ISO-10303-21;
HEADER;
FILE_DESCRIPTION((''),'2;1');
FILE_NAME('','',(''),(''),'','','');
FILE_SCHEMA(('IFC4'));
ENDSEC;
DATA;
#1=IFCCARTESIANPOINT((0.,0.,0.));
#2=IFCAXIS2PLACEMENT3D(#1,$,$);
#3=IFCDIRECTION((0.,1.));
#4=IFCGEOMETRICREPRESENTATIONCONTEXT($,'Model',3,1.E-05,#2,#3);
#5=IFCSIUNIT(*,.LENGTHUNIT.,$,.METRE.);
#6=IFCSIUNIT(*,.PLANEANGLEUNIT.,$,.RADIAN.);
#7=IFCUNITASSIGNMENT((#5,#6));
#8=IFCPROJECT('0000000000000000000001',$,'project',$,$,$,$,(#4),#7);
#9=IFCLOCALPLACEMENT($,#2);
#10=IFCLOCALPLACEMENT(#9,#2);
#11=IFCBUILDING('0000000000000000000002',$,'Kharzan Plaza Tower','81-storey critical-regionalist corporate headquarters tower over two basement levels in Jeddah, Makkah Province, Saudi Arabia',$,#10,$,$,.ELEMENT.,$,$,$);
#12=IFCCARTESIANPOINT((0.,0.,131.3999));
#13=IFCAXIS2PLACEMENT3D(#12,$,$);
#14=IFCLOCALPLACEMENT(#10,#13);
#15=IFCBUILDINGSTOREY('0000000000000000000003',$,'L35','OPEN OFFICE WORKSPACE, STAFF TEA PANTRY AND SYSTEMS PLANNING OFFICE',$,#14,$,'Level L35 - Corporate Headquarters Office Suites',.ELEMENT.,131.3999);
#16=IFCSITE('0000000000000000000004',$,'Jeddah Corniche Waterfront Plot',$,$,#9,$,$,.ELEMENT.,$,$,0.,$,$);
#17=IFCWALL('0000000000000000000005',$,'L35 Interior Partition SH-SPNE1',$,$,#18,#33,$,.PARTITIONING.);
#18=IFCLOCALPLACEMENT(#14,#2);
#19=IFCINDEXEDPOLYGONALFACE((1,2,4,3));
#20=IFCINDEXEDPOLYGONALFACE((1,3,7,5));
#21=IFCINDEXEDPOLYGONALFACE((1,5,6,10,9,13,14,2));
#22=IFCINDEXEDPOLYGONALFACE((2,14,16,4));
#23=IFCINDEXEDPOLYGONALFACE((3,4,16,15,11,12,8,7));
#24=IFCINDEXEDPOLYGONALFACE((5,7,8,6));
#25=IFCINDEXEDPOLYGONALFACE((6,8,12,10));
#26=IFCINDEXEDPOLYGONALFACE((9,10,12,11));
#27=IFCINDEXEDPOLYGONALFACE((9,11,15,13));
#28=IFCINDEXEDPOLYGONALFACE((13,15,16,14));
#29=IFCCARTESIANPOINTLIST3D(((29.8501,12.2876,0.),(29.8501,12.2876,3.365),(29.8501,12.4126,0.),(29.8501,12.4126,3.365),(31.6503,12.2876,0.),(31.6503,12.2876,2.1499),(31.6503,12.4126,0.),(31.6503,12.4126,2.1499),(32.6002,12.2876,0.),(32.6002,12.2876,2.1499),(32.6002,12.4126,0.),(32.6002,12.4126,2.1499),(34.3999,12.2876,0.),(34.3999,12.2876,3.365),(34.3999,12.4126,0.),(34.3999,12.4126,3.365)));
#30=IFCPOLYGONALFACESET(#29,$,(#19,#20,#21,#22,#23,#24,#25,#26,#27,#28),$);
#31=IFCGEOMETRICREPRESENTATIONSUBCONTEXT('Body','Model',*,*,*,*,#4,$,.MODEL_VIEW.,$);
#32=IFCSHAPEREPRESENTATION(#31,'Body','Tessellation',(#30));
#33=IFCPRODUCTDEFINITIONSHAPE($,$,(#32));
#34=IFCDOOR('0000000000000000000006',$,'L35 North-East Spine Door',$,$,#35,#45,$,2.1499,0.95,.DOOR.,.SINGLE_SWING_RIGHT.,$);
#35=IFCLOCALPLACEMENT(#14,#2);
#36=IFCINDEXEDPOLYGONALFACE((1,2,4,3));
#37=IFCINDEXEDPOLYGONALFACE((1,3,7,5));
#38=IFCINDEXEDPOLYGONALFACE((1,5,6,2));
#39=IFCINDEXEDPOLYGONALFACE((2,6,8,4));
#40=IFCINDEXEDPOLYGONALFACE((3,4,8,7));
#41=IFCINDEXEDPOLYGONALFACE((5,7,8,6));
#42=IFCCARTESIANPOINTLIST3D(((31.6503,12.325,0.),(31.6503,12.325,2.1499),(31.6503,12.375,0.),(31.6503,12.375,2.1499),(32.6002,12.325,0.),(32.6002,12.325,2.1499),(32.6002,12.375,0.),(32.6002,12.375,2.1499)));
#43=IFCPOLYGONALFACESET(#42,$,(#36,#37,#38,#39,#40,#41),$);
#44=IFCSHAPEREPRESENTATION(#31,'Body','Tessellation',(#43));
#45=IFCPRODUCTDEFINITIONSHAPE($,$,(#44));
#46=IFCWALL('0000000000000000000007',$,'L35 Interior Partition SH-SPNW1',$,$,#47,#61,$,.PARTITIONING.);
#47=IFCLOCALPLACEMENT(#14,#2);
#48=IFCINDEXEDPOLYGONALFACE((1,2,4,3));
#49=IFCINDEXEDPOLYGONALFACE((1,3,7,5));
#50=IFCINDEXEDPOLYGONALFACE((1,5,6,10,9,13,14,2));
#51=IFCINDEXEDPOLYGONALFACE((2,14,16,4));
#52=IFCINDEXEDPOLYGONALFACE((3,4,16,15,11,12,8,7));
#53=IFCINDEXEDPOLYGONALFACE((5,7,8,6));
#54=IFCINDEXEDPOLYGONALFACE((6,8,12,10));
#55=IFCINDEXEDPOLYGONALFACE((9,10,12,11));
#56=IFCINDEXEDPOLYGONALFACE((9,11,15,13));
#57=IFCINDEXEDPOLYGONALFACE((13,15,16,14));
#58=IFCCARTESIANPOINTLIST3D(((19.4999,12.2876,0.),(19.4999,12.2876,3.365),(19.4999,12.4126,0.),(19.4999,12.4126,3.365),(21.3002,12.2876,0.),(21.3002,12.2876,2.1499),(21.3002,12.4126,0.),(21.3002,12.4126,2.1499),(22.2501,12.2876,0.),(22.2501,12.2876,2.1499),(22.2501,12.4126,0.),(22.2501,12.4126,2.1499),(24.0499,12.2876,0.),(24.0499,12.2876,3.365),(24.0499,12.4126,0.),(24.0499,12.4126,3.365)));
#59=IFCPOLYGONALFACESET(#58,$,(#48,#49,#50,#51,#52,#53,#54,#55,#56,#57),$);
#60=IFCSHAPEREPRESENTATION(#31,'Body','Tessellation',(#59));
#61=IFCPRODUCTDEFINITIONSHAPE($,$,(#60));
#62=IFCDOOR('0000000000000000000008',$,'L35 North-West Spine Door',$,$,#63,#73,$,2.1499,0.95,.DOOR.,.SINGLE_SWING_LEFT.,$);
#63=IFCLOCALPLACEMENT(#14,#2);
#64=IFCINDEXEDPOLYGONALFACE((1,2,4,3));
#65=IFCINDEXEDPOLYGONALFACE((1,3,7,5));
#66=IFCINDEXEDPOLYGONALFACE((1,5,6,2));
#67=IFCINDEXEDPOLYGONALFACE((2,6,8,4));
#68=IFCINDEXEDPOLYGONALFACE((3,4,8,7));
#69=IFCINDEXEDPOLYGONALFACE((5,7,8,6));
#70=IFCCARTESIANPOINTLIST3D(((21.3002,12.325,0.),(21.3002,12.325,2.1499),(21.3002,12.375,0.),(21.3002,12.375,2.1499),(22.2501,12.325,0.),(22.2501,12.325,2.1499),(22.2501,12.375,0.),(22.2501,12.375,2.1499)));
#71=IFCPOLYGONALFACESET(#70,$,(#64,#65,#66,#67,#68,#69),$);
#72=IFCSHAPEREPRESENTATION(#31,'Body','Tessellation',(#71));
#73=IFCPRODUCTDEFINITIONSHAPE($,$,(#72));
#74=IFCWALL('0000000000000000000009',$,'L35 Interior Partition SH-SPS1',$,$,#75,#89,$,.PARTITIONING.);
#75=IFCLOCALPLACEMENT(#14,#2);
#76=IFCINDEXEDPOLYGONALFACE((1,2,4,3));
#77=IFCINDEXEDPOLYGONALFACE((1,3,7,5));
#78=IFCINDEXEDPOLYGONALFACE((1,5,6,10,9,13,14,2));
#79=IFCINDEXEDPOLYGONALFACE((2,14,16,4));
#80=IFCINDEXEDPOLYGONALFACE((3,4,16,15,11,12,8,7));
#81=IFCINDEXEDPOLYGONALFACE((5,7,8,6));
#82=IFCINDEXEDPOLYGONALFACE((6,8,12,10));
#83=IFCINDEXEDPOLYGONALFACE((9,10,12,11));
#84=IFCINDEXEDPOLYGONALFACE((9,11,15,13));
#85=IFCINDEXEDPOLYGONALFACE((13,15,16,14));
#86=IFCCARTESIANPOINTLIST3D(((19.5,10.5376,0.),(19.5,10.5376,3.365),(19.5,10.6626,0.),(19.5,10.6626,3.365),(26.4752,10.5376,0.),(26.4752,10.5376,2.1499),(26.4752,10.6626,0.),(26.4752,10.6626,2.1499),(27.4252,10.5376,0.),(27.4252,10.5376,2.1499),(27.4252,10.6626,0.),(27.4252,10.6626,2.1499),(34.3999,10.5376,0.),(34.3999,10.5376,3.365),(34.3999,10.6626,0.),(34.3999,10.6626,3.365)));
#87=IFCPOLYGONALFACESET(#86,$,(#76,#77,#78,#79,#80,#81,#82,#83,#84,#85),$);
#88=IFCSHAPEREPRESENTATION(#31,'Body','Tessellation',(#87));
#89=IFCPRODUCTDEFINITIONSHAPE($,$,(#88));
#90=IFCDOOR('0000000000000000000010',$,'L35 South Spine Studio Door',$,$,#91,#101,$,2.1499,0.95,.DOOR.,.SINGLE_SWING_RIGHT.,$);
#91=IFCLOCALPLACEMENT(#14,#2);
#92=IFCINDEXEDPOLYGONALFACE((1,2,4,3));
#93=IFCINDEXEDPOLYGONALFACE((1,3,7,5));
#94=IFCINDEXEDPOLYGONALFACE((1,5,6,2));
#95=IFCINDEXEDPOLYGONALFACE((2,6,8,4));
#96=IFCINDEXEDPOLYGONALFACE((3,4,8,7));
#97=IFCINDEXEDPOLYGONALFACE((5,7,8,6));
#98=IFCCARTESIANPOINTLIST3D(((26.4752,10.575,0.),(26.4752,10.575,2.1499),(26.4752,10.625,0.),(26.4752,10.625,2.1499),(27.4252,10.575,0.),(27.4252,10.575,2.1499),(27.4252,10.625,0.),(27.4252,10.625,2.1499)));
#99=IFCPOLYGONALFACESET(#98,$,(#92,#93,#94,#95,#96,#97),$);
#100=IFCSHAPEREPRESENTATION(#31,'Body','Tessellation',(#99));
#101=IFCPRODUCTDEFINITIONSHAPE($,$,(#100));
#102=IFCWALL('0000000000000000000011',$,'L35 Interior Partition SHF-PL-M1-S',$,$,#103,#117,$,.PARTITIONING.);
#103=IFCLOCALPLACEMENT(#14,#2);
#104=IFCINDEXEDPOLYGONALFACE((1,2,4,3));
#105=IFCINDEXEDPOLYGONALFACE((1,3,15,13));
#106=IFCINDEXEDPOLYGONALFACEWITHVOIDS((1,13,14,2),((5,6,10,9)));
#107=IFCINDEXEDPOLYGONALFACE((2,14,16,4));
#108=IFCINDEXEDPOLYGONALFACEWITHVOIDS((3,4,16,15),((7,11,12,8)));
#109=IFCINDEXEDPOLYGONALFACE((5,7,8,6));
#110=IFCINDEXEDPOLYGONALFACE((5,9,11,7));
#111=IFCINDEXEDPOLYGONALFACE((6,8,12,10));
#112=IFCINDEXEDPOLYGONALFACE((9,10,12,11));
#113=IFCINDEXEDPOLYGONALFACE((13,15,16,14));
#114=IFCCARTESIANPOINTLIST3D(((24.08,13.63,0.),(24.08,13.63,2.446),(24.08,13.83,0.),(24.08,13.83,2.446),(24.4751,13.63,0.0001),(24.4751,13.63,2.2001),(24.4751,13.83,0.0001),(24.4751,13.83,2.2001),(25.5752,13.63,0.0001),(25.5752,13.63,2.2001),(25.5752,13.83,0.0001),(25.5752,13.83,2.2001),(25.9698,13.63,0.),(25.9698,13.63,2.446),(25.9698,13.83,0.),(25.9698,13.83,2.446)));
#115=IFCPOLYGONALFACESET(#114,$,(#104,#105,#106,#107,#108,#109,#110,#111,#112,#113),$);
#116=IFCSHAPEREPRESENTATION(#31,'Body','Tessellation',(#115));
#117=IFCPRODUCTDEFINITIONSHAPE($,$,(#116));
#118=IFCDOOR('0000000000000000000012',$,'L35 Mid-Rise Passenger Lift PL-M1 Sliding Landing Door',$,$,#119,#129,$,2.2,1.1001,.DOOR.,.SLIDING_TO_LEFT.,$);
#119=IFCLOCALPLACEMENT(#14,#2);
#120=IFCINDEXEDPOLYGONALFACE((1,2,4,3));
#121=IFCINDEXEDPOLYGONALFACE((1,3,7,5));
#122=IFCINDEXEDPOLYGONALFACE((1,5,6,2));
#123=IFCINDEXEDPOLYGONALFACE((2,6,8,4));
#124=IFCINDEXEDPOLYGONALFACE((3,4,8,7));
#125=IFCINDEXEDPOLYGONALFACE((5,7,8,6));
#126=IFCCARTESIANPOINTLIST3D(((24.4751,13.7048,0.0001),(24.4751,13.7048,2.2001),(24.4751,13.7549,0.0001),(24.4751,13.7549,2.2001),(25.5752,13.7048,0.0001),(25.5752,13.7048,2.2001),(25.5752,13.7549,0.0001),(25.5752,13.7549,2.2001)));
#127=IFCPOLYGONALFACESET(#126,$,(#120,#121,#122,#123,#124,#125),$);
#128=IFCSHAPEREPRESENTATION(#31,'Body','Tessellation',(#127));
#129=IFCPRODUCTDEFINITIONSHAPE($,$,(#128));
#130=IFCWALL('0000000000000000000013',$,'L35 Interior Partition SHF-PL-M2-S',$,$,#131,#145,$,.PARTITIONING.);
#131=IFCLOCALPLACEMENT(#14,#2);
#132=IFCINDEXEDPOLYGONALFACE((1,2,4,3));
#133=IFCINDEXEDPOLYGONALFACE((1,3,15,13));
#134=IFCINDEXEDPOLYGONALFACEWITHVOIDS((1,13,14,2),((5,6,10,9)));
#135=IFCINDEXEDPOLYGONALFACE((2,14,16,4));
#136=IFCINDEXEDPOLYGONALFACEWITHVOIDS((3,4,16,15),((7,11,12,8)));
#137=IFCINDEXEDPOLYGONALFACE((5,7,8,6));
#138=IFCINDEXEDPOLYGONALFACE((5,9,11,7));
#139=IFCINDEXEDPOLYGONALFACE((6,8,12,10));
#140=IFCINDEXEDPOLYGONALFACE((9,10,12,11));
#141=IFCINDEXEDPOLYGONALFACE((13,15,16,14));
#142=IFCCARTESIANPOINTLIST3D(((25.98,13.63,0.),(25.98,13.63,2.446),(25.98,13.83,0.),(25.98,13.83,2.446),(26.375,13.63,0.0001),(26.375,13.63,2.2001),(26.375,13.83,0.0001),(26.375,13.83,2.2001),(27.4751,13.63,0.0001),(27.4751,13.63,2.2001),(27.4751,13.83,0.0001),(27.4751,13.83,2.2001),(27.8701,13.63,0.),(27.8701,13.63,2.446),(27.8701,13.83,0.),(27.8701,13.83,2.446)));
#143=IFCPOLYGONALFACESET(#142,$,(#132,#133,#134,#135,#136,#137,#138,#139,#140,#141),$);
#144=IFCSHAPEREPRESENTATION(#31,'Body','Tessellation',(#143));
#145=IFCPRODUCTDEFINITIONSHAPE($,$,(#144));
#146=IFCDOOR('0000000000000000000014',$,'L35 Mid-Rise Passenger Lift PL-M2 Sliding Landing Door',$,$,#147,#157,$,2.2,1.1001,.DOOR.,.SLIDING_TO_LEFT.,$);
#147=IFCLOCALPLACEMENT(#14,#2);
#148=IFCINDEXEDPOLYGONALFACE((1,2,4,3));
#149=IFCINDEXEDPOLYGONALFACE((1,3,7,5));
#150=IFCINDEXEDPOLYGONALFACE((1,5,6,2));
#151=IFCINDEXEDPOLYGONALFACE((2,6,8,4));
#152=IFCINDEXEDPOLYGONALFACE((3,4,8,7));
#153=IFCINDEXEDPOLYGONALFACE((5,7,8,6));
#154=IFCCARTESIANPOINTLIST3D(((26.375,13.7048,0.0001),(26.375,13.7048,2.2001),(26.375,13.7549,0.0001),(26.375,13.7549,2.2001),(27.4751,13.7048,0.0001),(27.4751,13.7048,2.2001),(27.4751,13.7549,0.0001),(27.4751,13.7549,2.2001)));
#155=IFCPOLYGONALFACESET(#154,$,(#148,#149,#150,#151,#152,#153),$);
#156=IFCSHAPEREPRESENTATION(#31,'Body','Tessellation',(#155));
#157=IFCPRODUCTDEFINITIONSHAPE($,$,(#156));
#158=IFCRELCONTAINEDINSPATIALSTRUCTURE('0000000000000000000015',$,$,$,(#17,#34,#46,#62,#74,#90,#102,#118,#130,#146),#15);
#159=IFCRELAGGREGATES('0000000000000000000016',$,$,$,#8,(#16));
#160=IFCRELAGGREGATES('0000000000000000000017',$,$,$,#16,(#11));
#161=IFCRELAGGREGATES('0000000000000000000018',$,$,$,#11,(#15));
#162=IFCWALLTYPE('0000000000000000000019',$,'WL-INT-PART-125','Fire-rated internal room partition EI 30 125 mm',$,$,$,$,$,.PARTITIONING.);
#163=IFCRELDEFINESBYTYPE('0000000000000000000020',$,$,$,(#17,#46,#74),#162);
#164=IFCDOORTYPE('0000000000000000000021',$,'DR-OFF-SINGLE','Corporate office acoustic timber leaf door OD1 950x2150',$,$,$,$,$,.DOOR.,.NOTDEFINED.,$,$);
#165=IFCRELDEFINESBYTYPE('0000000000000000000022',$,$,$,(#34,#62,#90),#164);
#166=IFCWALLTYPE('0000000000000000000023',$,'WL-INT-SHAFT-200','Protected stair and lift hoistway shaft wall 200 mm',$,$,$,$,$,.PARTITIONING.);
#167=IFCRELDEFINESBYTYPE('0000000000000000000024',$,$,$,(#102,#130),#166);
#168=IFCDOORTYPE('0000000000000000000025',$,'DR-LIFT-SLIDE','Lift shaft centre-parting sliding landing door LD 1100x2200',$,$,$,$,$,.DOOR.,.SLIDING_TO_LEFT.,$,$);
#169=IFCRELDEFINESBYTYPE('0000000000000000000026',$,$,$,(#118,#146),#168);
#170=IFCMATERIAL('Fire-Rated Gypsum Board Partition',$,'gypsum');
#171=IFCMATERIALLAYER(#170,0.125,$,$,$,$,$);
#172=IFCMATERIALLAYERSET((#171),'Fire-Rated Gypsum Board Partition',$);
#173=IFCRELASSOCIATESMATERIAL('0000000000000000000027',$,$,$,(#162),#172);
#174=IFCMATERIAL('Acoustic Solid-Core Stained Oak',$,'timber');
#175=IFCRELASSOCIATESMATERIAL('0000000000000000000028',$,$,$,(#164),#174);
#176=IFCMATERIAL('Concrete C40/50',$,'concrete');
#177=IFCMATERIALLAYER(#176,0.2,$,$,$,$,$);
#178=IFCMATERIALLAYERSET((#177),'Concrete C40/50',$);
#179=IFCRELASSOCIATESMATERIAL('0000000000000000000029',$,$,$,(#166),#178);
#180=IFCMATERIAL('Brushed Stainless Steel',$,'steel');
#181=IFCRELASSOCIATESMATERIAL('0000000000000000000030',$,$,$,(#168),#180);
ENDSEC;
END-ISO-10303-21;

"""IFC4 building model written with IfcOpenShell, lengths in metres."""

from ifc_helpers import new_model, si_unit, direction, frame, frame_2d, origin, place, context, subcontext, project, spatial, rectangle, extrude, source, transform, mapped, material, layer, layer_set, type_object, element, fill, save


model = new_model("IFC4")

# Units and contexts
model_context = context("Model", 3, precision=1e-05, world=origin(), true_north=direction((0.0, 1.0)))
body_context = subcontext(model_context, "Body", "Model", "MODEL_VIEW")
ifc_project = project(units=[si_unit("LENGTHUNIT", "METRE"), si_unit("PLANEANGLEUNIT", "RADIAN")], contexts=[model_context])

# Site, building, storey
site_placement = place(None, origin())
site = spatial("IfcSite", under=ifc_project, at=site_placement, Name="Jeddah Corniche Waterfront Plot", CompositionType="ELEMENT", RefElevation=0.0)
building_placement = place(site_placement, origin())
building = spatial("IfcBuilding", under=site, at=building_placement, Name="Kharzan Plaza Tower", Description="81-storey critical-regionalist corporate headquarters tower over two basement levels in Jeddah, Makkah Province, Saudi Arabia", CompositionType="ELEMENT")
storey_placement = place(building_placement, frame((0.0, 0.0, 131.3999)))
storey = spatial("IfcBuildingStorey", under=building, at=storey_placement, Name="L35", Description="OPEN OFFICE WORKSPACE, STAFF TEA PANTRY AND SYSTEMS PLANNING OFFICE", LongName="Level L35 - Corporate Headquarters Office Suites", CompositionType="ELEMENT", Elevation=131.3999)

# Walls, openings, doors
ifc_material_1 = material(Name="Fire-Rated Gypsum Board Partition", Category="gypsum")
ifc_layer_1 = layer(ifc_material_1, 0.125)
ifc_layer_set_1 = layer_set([ifc_layer_1], Name="Fire-Rated Gypsum Board Partition")
wall_type_1 = type_object("IfcWallType", Name="WL-INT-PART-125", Description="Fire-rated internal room partition EI 30 125 mm", PredefinedType="PARTITIONING", material=ifc_layer_set_1)
ifc_material_2 = material(Name="Acoustic Solid-Core Stained Oak", Category="timber")
door_type_1 = type_object("IfcDoorType", Name="DR-OFF-SINGLE", Description="Corporate office acoustic timber leaf door OD1 950x2150", OperationType="NOTDEFINED", PredefinedType="DOOR", material=ifc_material_2)
shared_shape_1 = source(origin(), body_context, "Body", "SweptSolid", [
    extrude(rectangle(XDim=0.95, YDim=2.1499, at=frame_2d((0.4751, 1.075))), frame((0.0, 0.0249, 0.0), z_axis=(0.0, -1.0, 0.0), x_axis=(1.0, 0.0, 0.0)), (0.0, 0.0, 1.0), 0.05),
])
wall_1_placement = place(storey_placement, frame((29.8501, 12.3501, 0.0), z_axis=(0.0, 0.0, 1.0), x_axis=(1.0, 0.0, 0.0)))
wall_1 = element("IfcWall", 1, at=wall_1_placement, inside=storey, type_object=wall_type_1, Name="L35 Interior Partition SH-SPNE1", PredefinedType="PARTITIONING", context=body_context, shape_type="SweptSolid", body=[
    extrude(rectangle(XDim=4.5498, YDim=0.125, at=frame_2d((2.2749, 0.0))), origin(), (0.0, 0.0, 1.0), 3.365),
])
opening_1_placement = place(wall_1_placement, frame((1.8, 0.0, 0.0)))
opening_1 = element("IfcOpeningElement", 2, at=opening_1_placement, cuts=wall_1, PredefinedType="OPENING", context=body_context, shape_type="SweptSolid", body=[
    extrude(rectangle(XDim=0.95, YDim=2.1499, at=frame_2d((0.4751, 1.075))), frame((0.0, 0.0725, 0.0), z_axis=(0.0, -1.0, 0.0), x_axis=(1.0, 0.0, 0.0)), (0.0, 0.0, 1.0), 0.145),
])
door_1_placement = place(opening_1_placement, origin())
door_1 = element("IfcDoor", 3, at=door_1_placement, inside=storey, type_object=door_type_1, Name="L35 North-East Spine Door", OperationType="SINGLE_SWING_RIGHT", OverallHeight=2.1499, OverallWidth=0.95, PredefinedType="DOOR", context=body_context, shape_type="MappedRepresentation", body=[
    mapped(shared_shape_1, transform((0.0, 0.0, 0.0), x_axis=(1.0, 0.0, 0.0), y_axis=(0.0, 1.0, 0.0), z_axis=(0.0, 0.0, 1.0))),
])
fill(opening_1, door_1)
wall_2_placement = place(storey_placement, frame((19.5, 12.3501, 0.0), z_axis=(0.0, 0.0, 1.0), x_axis=(1.0, 0.0, 0.0)))
wall_2 = element("IfcWall", 4, at=wall_2_placement, inside=storey, type_object=wall_type_1, Name="L35 Interior Partition SH-SPNW1", PredefinedType="PARTITIONING", context=body_context, shape_type="SweptSolid", body=[
    extrude(rectangle(XDim=4.55, YDim=0.125, at=frame_2d((2.2749, 0.0))), origin(), (0.0, 0.0, 1.0), 3.365),
])
opening_2_placement = place(wall_2_placement, frame((1.8, 0.0, 0.0)))
opening_2 = element("IfcOpeningElement", 5, at=opening_2_placement, cuts=wall_2, PredefinedType="OPENING", context=body_context, shape_type="SweptSolid", body=[
    extrude(rectangle(XDim=0.95, YDim=2.1499, at=frame_2d((0.4751, 1.075))), frame((0.0, 0.0725, 0.0), z_axis=(0.0, -1.0, 0.0), x_axis=(1.0, 0.0, 0.0)), (0.0, 0.0, 1.0), 0.145),
])
door_2_placement = place(opening_2_placement, origin())
door_2 = element("IfcDoor", 6, at=door_2_placement, inside=storey, type_object=door_type_1, Name="L35 North-West Spine Door", OperationType="SINGLE_SWING_LEFT", OverallHeight=2.1499, OverallWidth=0.95, PredefinedType="DOOR", context=body_context, shape_type="MappedRepresentation", body=[
    mapped(shared_shape_1, transform((0.0, 0.0, 0.0), x_axis=(1.0, 0.0, 0.0), y_axis=(0.0, 1.0, 0.0), z_axis=(0.0, 0.0, 1.0))),
])
fill(opening_2, door_2)
wall_3_placement = place(storey_placement, frame((19.5, 10.6001, 0.0), z_axis=(0.0, 0.0, 1.0), x_axis=(1.0, 0.0, 0.0)))
wall_3 = element("IfcWall", 7, at=wall_3_placement, inside=storey, type_object=wall_type_1, Name="L35 Interior Partition SH-SPS1", PredefinedType="PARTITIONING", context=body_context, shape_type="SweptSolid", body=[
    extrude(rectangle(XDim=14.8999, YDim=0.125, at=frame_2d((7.45, 0.0))), origin(), (0.0, 0.0, 1.0), 3.365),
])
opening_3_placement = place(wall_3_placement, frame((6.9751, 0.0, 0.0)))
opening_3 = element("IfcOpeningElement", 8, at=opening_3_placement, cuts=wall_3, PredefinedType="OPENING", context=body_context, shape_type="SweptSolid", body=[
    extrude(rectangle(XDim=0.95, YDim=2.1499, at=frame_2d((0.4751, 1.075))), frame((0.0, 0.0725, 0.0), z_axis=(0.0, -1.0, 0.0), x_axis=(1.0, 0.0, 0.0)), (0.0, 0.0, 1.0), 0.145),
])
door_3_placement = place(opening_3_placement, origin())
door_3 = element("IfcDoor", 9, at=door_3_placement, inside=storey, type_object=door_type_1, Name="L35 South Spine Studio Door", OperationType="SINGLE_SWING_RIGHT", OverallHeight=2.1499, OverallWidth=0.95, PredefinedType="DOOR", context=body_context, shape_type="MappedRepresentation", body=[
    mapped(shared_shape_1, transform((0.0, 0.0, 0.0), x_axis=(1.0, 0.0, 0.0), y_axis=(0.0, 1.0, 0.0), z_axis=(0.0, 0.0, 1.0))),
])
fill(opening_3, door_3)
ifc_material_3 = material(Name="Concrete C40/50", Category="concrete")
ifc_layer_2 = layer(ifc_material_3, 0.2)
ifc_layer_set_2 = layer_set([ifc_layer_2], Name="Concrete C40/50")
wall_type_2 = type_object("IfcWallType", Name="WL-INT-SHAFT-200", Description="Protected stair and lift hoistway shaft wall 200 mm", PredefinedType="PARTITIONING", material=ifc_layer_set_2)
wall_4_placement = place(storey_placement, frame((24.0801, 13.73, 0.0), z_axis=(0.0, 0.0, 1.0), x_axis=(1.0, 0.0, 0.0)))
wall_4 = element("IfcWall", 10, at=wall_4_placement, inside=storey, type_object=wall_type_2, Name="L35 Interior Partition SHF-PL-M1-S", PredefinedType="PARTITIONING", context=body_context, shape_type="SweptSolid", body=[
    extrude(rectangle(XDim=1.8899, YDim=0.2, at=frame_2d((0.9448, 0.0))), origin(), (0.0, 0.0, 1.0), 2.446),
])
opening_4_placement = place(wall_4_placement, frame((0.395, 0.0, 0.0)))
opening_4 = element("IfcOpeningElement", 11, at=opening_4_placement, cuts=wall_4, PredefinedType="OPENING", context=body_context, shape_type="SweptSolid", body=[
    extrude(rectangle(XDim=1.1001, YDim=2.2, at=frame_2d((0.55, 1.1001))), frame((0.0, 0.1099, 0.0), z_axis=(0.0, -1.0, 0.0), x_axis=(1.0, 0.0, 0.0)), (0.0, 0.0, 1.0), 0.22),
])
ifc_material_4 = material(Name="Brushed Stainless Steel", Category="steel")
door_type_2 = type_object("IfcDoorType", Name="DR-LIFT-SLIDE", Description="Lift shaft centre-parting sliding landing door LD 1100x2200", OperationType="SLIDING_TO_LEFT", PredefinedType="DOOR", material=ifc_material_4)
shared_shape_2 = source(origin(), body_context, "Body", "SweptSolid", [
    extrude(rectangle(XDim=1.1001, YDim=2.2, at=frame_2d((0.55, 1.1001))), frame((0.0, 0.0249, 0.0), z_axis=(0.0, -1.0, 0.0), x_axis=(1.0, 0.0, 0.0)), (0.0, 0.0, 1.0), 0.05),
])
door_4_placement = place(opening_4_placement, origin())
door_4 = element("IfcDoor", 12, at=door_4_placement, inside=storey, type_object=door_type_2, Name="L35 Mid-Rise Passenger Lift PL-M1 Sliding Landing Door", OperationType="SLIDING_TO_LEFT", OverallHeight=2.2, OverallWidth=1.1001, PredefinedType="DOOR", context=body_context, shape_type="MappedRepresentation", body=[
    mapped(shared_shape_2, transform((0.0, 0.0, 0.0), x_axis=(1.0, 0.0, 0.0), y_axis=(0.0, 1.0, 0.0), z_axis=(0.0, 0.0, 1.0))),
])
fill(opening_4, door_4)
wall_5_placement = place(storey_placement, frame((25.98, 13.73, 0.0), z_axis=(0.0, 0.0, 1.0), x_axis=(1.0, 0.0, 0.0)))
wall_5 = element("IfcWall", 13, at=wall_5_placement, inside=storey, type_object=wall_type_2, Name="L35 Interior Partition SHF-PL-M2-S", PredefinedType="PARTITIONING", context=body_context, shape_type="SweptSolid", body=[
    extrude(rectangle(XDim=1.8901, YDim=0.2, at=frame_2d((0.9451, 0.0))), origin(), (0.0, 0.0, 1.0), 2.446),
])
opening_5_placement = place(wall_5_placement, frame((0.395, 0.0, 0.0)))
opening_5 = element("IfcOpeningElement", 14, at=opening_5_placement, cuts=wall_5, PredefinedType="OPENING", context=body_context, shape_type="SweptSolid", body=[
    extrude(rectangle(XDim=1.1001, YDim=2.2, at=frame_2d((0.55, 1.1001))), frame((0.0, 0.1099, 0.0), z_axis=(0.0, -1.0, 0.0), x_axis=(1.0, 0.0, 0.0)), (0.0, 0.0, 1.0), 0.22),
])
door_5_placement = place(opening_5_placement, origin())
door_5 = element("IfcDoor", 15, at=door_5_placement, inside=storey, type_object=door_type_2, Name="L35 Mid-Rise Passenger Lift PL-M2 Sliding Landing Door", OperationType="SLIDING_TO_LEFT", OverallHeight=2.2, OverallWidth=1.1001, PredefinedType="DOOR", context=body_context, shape_type="MappedRepresentation", body=[
    mapped(shared_shape_2, transform((0.0, 0.0, 0.0), x_axis=(1.0, 0.0, 0.0), y_axis=(0.0, 1.0, 0.0), z_axis=(0.0, 0.0, 1.0))),
])
fill(opening_5, door_5)

save(model, "model.ifc")
